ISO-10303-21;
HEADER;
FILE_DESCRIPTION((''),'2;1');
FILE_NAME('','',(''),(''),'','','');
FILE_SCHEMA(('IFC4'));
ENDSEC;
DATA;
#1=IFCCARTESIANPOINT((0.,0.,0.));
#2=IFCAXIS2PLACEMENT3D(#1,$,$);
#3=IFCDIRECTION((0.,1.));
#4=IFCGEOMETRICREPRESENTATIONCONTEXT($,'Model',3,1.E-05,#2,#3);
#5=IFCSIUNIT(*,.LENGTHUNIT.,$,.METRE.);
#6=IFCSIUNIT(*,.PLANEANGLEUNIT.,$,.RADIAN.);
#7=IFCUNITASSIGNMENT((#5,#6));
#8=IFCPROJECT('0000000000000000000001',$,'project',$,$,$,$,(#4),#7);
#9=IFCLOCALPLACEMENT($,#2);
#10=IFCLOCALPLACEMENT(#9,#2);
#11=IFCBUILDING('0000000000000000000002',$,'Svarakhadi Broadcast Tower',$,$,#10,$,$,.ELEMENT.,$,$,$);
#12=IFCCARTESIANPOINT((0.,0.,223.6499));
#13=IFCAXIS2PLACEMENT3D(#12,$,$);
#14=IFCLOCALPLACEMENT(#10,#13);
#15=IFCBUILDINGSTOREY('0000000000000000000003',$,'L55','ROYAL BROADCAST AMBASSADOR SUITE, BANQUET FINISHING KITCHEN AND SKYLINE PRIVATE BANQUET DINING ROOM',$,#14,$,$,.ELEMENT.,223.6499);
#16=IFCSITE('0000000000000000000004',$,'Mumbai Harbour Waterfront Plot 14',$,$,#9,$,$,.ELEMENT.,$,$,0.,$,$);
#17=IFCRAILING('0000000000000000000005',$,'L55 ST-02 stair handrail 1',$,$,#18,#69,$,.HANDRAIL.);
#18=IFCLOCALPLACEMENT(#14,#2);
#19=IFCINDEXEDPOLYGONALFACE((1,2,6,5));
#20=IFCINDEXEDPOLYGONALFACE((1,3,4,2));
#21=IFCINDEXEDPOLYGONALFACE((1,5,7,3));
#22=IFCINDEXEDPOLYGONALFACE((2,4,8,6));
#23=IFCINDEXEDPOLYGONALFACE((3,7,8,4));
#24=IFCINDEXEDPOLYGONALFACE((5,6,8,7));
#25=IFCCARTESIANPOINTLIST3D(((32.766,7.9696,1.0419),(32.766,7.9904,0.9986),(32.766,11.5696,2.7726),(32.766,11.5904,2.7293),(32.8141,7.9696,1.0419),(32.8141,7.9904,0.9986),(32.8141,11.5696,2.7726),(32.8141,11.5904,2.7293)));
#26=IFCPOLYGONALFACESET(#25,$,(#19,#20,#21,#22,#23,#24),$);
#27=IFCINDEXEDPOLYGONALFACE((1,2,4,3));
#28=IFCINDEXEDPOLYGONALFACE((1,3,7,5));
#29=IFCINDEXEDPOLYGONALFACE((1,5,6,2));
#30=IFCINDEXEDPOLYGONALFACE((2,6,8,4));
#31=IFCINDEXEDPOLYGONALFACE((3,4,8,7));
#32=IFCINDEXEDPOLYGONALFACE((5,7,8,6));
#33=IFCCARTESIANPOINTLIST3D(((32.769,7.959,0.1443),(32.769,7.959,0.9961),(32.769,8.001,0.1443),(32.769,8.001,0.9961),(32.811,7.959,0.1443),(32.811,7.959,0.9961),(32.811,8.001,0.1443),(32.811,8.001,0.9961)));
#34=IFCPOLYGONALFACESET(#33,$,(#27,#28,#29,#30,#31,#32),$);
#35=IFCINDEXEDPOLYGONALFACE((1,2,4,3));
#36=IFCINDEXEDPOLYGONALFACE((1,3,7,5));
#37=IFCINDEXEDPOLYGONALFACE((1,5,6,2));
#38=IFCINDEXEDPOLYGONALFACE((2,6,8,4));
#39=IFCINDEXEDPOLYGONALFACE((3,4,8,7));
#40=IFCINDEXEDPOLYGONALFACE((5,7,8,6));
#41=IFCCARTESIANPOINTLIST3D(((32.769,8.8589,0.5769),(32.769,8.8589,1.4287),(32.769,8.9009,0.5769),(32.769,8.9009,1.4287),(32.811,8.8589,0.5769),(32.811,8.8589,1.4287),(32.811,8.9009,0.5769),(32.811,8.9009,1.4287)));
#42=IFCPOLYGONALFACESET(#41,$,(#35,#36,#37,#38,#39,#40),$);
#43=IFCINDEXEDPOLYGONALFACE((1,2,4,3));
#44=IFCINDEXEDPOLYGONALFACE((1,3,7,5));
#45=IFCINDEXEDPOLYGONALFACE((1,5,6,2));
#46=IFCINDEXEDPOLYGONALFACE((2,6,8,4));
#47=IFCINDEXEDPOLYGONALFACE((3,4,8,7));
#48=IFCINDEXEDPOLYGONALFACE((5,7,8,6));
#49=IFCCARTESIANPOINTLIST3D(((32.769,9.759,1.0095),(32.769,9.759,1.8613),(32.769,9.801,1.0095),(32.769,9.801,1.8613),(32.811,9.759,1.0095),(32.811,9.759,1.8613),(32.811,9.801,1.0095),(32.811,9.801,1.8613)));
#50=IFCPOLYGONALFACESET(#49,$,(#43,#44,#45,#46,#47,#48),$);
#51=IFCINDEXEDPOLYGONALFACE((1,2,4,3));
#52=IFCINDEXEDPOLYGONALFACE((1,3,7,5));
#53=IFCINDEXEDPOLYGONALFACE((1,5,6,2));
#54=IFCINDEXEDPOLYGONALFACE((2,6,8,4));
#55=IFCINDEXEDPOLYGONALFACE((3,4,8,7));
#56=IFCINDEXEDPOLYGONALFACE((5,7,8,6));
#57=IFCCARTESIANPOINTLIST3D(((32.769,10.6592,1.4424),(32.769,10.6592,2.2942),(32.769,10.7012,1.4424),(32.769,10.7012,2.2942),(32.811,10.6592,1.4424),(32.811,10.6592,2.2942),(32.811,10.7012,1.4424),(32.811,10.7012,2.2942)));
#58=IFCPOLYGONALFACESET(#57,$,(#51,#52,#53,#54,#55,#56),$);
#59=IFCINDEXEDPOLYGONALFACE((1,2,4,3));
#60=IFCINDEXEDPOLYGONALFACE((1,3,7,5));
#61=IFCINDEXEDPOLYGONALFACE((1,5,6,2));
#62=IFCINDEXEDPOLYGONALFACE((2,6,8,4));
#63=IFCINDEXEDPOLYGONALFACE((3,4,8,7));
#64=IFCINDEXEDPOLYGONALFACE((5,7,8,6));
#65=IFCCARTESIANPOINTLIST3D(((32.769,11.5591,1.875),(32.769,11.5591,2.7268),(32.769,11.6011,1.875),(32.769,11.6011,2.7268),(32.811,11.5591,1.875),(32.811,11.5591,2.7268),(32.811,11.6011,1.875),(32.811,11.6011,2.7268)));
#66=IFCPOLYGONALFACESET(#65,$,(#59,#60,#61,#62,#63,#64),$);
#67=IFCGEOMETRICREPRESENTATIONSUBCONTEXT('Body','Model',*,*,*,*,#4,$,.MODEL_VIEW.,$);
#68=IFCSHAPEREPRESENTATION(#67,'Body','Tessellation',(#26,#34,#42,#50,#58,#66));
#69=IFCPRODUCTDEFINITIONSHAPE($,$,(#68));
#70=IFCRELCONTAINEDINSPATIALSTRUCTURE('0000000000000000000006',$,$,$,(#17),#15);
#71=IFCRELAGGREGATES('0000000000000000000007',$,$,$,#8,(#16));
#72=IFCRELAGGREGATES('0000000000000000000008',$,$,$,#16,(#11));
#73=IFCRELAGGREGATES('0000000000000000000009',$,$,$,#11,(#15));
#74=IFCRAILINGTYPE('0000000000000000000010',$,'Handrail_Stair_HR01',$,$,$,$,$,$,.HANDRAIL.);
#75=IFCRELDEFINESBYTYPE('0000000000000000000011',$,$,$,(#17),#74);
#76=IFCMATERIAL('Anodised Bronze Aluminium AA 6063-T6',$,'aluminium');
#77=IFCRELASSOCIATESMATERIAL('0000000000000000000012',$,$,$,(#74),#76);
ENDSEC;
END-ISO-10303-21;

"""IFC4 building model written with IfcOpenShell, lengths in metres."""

from ifc_helpers import new_model, si_unit, direction, frame, origin, origin_2d, place, context, subcontext, project, spatial, rectangle, extrude, material, type_object, element, save


model = new_model("IFC4")

# Units and contexts
model_context = context("Model", 3, precision=1e-05, world=origin(), true_north=direction((0.0, 1.0)))
body_context = subcontext(model_context, "Body", "Model", "MODEL_VIEW")
ifc_project = project(units=[si_unit("LENGTHUNIT", "METRE"), si_unit("PLANEANGLEUNIT", "RADIAN")], contexts=[model_context])

# Site, building, storey
site_placement = place(None, origin())
site = spatial("IfcSite", under=ifc_project, at=site_placement, Name="Mumbai Harbour Waterfront Plot 14", CompositionType="ELEMENT", RefElevation=0.0)
building_placement = place(site_placement, origin())
building = spatial("IfcBuilding", under=site, at=building_placement, Name="Svarakhadi Broadcast Tower", CompositionType="ELEMENT")
storey_placement = place(building_placement, frame((0.0, 0.0, 223.6499)))
storey = spatial("IfcBuildingStorey", under=building, at=storey_placement, Name="L55", Description="ROYAL BROADCAST AMBASSADOR SUITE, BANQUET FINISHING KITCHEN AND SKYLINE PRIVATE BANQUET DINING ROOM", CompositionType="ELEMENT", Elevation=223.6499)

# Shared definitions
ifc_material_1 = material(Name="Anodised Bronze Aluminium AA 6063-T6", Category="aluminium")

# Railing
railing_type_1 = type_object("IfcRailingType", Name="Handrail_Stair_HR01", PredefinedType="HANDRAIL", material=ifc_material_1)
railing_1_placement = place(storey_placement, frame((32.79, 7.98, 0.1443)))
element("IfcRailing", 1, at=railing_1_placement, inside=storey, type_object=railing_type_1, Name="L55 ST-02 stair handrail 1", PredefinedType="HANDRAIL", context=body_context, shape_type="SweptSolid", body=[
    extrude(rectangle(XDim=0.0481, YDim=0.0481, at=origin_2d()), frame((0.0, 0.0, 0.876), z_axis=(0.0, 0.901263, 0.433273), x_axis=(-1.0, 0.0, 0.0)), (0.0, 0.0, 1.0), 3.9944),
    extrude(rectangle(XDim=0.042, YDim=0.042, at=origin_2d()), origin(), (0.0, 0.0, 1.0), 0.8518),
    extrude(rectangle(XDim=0.042, YDim=0.042, at=origin_2d()), frame((0.0, 0.8999, 0.4326)), (0.0, 0.0, 1.0), 0.8518),
    extrude(rectangle(XDim=0.042, YDim=0.042, at=origin_2d()), frame((0.0, 1.8, 0.8652)), (0.0, 0.0, 1.0), 0.8518),
    extrude(rectangle(XDim=0.042, YDim=0.042, at=origin_2d()), frame((0.0, 2.7002, 1.2981)), (0.0, 0.0, 1.0), 0.8518),
    extrude(rectangle(XDim=0.042, YDim=0.042, at=origin_2d()), frame((0.0, 3.6001, 1.7307)), (0.0, 0.0, 1.0), 0.8518),
])

save(model, "model.ifc")
